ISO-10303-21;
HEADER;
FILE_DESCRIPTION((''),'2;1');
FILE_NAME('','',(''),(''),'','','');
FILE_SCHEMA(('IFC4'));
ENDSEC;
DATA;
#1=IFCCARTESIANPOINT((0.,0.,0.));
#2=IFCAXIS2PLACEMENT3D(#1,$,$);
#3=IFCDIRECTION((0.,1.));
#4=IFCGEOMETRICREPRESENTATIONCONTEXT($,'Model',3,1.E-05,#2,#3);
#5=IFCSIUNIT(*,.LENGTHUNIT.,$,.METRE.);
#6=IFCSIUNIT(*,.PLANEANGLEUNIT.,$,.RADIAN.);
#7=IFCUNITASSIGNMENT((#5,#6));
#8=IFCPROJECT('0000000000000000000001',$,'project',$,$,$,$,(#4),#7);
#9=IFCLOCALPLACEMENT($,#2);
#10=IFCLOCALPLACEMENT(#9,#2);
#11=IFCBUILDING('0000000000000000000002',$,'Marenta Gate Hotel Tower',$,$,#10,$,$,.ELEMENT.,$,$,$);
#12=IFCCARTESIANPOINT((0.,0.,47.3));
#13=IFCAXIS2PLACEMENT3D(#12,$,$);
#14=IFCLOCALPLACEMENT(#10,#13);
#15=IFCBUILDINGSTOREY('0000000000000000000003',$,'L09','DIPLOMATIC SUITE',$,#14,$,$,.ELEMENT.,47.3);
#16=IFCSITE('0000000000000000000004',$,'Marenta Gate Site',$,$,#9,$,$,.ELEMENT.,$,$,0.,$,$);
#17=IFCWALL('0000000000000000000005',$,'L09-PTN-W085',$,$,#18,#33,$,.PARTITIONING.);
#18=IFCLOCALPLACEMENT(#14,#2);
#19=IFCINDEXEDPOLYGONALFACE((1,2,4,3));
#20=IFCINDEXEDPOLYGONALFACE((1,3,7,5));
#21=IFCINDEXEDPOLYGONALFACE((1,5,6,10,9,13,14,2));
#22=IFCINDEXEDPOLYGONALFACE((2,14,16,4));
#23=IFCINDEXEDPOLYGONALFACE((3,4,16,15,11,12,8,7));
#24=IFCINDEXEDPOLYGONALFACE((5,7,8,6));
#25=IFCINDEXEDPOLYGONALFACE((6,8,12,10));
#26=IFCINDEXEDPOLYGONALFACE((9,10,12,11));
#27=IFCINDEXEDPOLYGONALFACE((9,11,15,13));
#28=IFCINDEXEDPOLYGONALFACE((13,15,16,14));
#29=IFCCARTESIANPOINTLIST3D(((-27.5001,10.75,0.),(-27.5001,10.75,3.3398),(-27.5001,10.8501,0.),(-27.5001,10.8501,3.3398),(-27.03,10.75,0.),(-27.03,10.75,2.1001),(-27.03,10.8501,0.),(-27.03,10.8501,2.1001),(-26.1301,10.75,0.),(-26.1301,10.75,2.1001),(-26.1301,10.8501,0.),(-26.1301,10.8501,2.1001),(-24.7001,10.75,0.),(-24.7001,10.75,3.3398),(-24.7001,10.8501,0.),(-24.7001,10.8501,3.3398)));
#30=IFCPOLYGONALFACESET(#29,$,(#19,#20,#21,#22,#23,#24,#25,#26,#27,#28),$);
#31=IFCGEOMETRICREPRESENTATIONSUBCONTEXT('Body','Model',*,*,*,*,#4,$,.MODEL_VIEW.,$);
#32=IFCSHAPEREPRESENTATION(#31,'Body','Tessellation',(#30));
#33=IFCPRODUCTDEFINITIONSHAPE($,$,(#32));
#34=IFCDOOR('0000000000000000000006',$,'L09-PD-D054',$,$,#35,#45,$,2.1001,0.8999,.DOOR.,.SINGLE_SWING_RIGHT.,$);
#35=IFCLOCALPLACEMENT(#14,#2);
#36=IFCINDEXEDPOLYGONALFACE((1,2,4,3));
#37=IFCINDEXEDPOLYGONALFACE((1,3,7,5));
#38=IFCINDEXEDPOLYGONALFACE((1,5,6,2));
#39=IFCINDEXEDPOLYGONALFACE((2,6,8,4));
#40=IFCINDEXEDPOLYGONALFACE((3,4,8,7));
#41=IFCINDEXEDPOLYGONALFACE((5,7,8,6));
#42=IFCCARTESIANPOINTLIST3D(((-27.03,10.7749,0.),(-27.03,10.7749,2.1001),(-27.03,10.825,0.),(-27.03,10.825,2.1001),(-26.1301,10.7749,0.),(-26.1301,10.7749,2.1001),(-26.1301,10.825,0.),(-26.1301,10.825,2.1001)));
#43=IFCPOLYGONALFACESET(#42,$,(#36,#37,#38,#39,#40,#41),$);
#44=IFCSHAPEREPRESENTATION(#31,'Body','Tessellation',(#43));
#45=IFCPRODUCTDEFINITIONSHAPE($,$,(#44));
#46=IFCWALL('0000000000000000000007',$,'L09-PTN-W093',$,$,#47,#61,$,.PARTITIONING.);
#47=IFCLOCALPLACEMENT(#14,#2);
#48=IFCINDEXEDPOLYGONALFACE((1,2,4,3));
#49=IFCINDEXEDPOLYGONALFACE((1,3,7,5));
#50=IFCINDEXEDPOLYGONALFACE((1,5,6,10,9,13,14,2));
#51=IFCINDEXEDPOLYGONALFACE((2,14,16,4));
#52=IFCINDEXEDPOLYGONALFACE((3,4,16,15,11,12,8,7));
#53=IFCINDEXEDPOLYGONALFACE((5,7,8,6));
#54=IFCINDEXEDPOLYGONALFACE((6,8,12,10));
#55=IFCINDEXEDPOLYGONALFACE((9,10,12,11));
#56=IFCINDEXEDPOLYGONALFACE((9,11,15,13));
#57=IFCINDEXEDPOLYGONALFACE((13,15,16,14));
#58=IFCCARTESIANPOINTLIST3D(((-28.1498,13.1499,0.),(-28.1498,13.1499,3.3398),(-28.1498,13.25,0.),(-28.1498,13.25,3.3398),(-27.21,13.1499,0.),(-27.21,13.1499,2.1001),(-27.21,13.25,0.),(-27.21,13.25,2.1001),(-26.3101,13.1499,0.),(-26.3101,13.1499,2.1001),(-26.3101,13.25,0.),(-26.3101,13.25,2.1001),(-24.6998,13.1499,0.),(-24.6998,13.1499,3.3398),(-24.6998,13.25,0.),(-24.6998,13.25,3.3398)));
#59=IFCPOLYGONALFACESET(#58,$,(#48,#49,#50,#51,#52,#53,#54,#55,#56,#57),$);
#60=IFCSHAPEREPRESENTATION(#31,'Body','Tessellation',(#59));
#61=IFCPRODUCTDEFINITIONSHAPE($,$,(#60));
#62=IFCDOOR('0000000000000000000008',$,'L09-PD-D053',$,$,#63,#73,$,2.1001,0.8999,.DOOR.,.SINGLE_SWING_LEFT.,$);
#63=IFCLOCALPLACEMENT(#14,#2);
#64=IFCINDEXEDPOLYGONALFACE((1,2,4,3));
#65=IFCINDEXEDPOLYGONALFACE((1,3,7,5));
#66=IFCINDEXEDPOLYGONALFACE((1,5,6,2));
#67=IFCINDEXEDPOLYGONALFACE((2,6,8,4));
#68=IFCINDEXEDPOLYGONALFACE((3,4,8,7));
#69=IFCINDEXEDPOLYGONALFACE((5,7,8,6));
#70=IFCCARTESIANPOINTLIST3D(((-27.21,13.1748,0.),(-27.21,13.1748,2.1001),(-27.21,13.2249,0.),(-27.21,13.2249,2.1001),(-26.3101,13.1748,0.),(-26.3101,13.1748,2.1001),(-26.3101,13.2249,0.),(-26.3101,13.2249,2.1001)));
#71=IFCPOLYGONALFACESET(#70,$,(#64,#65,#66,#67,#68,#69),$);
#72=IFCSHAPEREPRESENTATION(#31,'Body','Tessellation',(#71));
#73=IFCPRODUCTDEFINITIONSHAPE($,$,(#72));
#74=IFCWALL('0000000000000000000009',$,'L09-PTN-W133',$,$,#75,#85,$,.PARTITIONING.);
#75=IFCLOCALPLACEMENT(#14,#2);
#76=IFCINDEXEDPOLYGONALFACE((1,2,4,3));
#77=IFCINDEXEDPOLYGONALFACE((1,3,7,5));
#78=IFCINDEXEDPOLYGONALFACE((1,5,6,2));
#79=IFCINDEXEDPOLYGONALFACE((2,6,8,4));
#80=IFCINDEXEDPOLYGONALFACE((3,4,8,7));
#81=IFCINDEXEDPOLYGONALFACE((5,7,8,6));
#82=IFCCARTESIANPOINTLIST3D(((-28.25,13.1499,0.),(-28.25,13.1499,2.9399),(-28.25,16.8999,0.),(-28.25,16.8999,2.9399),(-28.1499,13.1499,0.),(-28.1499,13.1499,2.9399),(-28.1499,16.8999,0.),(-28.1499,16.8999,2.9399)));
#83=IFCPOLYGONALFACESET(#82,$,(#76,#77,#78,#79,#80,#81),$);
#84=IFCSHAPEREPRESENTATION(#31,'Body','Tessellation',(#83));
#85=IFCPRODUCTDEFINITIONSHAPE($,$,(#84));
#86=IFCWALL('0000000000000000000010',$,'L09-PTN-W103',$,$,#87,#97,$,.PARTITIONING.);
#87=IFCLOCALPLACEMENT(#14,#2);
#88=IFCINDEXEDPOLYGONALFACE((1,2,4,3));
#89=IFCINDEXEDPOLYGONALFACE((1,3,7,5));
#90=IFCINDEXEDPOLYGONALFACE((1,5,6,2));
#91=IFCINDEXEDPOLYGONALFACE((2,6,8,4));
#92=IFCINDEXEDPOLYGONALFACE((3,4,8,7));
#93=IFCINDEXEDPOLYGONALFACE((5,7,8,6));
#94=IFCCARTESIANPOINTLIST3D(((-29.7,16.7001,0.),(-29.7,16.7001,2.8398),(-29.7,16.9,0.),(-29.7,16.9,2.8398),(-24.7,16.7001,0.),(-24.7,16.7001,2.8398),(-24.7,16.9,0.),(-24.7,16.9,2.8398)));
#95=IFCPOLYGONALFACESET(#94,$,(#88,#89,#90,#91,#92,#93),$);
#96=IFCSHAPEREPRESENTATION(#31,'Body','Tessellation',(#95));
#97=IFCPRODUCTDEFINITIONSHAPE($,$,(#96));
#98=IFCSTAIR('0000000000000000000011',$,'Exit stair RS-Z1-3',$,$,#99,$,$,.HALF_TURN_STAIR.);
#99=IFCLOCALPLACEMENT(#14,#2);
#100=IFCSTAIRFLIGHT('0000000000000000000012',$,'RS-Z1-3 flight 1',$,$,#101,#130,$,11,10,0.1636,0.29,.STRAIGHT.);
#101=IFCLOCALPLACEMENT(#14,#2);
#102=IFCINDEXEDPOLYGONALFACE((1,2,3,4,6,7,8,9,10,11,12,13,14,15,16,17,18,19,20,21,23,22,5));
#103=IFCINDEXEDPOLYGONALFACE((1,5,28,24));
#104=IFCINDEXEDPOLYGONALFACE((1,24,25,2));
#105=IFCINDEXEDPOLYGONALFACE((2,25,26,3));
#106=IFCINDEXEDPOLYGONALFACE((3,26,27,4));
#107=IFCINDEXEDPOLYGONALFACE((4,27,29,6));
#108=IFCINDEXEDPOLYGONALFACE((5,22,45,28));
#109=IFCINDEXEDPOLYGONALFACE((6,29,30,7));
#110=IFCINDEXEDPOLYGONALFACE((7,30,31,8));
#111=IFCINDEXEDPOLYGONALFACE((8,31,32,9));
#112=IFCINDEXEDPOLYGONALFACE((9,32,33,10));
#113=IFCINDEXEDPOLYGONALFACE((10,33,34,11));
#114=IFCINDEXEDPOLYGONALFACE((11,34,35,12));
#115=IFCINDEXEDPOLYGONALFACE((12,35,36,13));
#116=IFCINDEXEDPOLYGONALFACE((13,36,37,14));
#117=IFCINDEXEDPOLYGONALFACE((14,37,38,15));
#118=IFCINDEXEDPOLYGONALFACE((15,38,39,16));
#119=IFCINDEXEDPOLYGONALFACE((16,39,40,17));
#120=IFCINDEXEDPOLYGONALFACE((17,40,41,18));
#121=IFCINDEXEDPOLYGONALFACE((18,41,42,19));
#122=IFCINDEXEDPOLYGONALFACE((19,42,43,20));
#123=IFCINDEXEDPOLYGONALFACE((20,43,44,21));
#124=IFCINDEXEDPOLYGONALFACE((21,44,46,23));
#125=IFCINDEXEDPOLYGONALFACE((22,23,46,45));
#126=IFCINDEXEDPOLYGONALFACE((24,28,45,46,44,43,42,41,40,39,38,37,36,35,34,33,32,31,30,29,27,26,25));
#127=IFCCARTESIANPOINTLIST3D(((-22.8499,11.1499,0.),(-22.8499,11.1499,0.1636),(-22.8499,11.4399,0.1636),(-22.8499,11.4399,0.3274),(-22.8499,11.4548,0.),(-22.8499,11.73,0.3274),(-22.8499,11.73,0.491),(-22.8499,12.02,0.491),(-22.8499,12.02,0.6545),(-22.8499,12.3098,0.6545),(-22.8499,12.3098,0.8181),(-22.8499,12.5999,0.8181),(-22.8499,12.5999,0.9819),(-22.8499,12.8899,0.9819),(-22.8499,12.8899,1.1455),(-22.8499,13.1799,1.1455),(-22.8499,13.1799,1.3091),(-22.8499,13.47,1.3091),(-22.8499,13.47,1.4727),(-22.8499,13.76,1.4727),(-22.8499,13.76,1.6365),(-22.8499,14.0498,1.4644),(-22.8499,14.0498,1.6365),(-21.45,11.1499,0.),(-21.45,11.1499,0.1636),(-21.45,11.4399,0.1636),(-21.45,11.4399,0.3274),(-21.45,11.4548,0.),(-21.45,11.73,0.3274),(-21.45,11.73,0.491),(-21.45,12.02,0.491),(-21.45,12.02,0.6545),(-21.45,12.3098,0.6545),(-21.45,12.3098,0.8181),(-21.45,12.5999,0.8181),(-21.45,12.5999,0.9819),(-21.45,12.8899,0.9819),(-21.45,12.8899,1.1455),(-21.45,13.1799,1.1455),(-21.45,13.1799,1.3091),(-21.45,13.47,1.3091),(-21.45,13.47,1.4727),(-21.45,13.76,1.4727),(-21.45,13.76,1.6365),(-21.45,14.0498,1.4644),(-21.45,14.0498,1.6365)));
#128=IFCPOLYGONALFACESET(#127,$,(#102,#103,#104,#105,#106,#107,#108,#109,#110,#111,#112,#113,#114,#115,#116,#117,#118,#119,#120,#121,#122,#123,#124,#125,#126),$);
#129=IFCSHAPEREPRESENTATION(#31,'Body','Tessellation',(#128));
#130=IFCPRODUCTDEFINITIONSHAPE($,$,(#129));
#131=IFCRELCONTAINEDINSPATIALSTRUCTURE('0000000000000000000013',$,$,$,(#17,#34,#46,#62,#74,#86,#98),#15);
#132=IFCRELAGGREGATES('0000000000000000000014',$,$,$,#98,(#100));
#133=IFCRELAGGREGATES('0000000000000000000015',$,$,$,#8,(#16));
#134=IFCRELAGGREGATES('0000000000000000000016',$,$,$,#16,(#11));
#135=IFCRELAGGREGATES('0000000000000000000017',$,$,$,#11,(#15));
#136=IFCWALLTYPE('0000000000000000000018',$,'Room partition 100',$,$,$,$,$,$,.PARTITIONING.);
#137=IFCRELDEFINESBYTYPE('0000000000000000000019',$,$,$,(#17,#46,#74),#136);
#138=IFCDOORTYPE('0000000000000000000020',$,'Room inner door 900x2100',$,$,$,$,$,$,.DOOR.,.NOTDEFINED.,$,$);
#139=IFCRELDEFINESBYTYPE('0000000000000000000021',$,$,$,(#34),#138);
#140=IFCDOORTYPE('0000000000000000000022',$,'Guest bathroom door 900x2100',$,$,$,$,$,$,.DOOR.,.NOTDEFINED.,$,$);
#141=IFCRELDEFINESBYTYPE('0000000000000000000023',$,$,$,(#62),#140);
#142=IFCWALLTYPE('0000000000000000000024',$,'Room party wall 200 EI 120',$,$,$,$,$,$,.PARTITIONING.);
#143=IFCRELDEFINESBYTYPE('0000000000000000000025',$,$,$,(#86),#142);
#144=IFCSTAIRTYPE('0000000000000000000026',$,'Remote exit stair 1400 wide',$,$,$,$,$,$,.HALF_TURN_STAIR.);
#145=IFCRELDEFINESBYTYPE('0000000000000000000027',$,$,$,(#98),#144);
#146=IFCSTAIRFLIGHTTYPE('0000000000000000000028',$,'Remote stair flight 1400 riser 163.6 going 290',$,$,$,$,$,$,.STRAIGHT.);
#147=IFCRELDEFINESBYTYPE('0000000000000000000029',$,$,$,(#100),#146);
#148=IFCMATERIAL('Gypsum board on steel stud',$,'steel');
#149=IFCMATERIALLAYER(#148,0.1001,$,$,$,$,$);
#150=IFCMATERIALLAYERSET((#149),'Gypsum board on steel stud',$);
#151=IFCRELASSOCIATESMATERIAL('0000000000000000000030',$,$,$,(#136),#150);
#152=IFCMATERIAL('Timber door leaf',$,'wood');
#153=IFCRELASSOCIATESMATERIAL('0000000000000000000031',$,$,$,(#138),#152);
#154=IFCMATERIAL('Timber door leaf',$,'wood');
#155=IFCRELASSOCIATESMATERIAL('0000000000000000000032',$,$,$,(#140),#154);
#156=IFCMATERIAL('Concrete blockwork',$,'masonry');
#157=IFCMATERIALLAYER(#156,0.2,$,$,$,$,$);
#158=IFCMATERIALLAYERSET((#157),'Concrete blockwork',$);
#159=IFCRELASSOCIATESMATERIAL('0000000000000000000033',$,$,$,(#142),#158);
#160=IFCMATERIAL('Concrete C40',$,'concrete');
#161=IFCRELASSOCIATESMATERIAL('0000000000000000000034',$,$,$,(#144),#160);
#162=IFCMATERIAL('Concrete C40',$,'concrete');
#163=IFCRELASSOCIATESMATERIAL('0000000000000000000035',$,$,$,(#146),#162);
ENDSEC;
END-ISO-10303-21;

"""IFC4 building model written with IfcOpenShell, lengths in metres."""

from ifc_helpers import new_model, si_unit, direction, frame, frame_2d, origin, place, context, subcontext, project, spatial, polyline, rectangle, outline, extrude, material, layer, layer_set, type_object, element, fill, aggregate, save


model = new_model("IFC4")

# Units and contexts
model_context = context("Model", 3, precision=1e-05, world=origin(), true_north=direction((0.0, 1.0)))
body_context = subcontext(model_context, "Body", "Model", "MODEL_VIEW")
ifc_project = project(units=[si_unit("LENGTHUNIT", "METRE"), si_unit("PLANEANGLEUNIT", "RADIAN")], contexts=[model_context])

# Site, building, storey
site_placement = place(None, origin())
site = spatial("IfcSite", under=ifc_project, at=site_placement, Name="Marenta Gate Site", CompositionType="ELEMENT", RefElevation=0.0)
building_placement = place(site_placement, origin())
building = spatial("IfcBuilding", under=site, at=building_placement, Name="Marenta Gate Hotel Tower", CompositionType="ELEMENT")
storey_placement = place(building_placement, frame((0.0, 0.0, 47.3)))
storey = spatial("IfcBuildingStorey", under=building, at=storey_placement, Name="L09", Description="DIPLOMATIC SUITE", CompositionType="ELEMENT", Elevation=47.3)

# Walls, openings, doors
ifc_material_1 = material(Name="Gypsum board on steel stud", Category="steel")
ifc_layer_1 = layer(ifc_material_1, 0.1001)
ifc_layer_set_1 = layer_set([ifc_layer_1], Name="Gypsum board on steel stud")
wall_type_1 = type_object("IfcWallType", Name="Room partition 100", PredefinedType="PARTITIONING", material=ifc_layer_set_1)
wall_1_placement = place(storey_placement, frame((-27.5, 10.8, 0.0), z_axis=(0.0, 0.0, 1.0), x_axis=(1.0, 0.0, 0.0)))
wall_1 = element("IfcWall", 1, at=wall_1_placement, inside=storey, type_object=wall_type_1, Name="L09-PTN-W085", PredefinedType="PARTITIONING", context=body_context, shape_type="SweptSolid", body=[
    extrude(rectangle(XDim=2.8, YDim=0.1001, at=frame_2d((1.3999, 0.0))), origin(), (0.0, 0.0, 1.0), 3.3398),
])
opening_1_placement = place(wall_1_placement, frame((0.47, 0.0, 0.0)))
opening_1 = element("IfcOpeningElement", 2, at=opening_1_placement, cuts=wall_1, PredefinedType="OPENING", context=body_context, shape_type="SweptSolid", body=[
    extrude(rectangle(XDim=0.8999, YDim=2.1001, at=frame_2d((0.45, 1.05))), frame((0.0, 0.05, 0.0), z_axis=(0.0, -1.0, 0.0), x_axis=(1.0, 0.0, 0.0)), (0.0, 0.0, 1.0), 0.1001),
])
ifc_material_2 = material(Name="Timber door leaf", Category="wood")
door_type_1 = type_object("IfcDoorType", Name="Room inner door 900x2100", OperationType="NOTDEFINED", PredefinedType="DOOR", material=ifc_material_2)
door_1_placement = place(opening_1_placement, origin())
door_1 = element("IfcDoor", 3, at=door_1_placement, inside=storey, type_object=door_type_1, Name="L09-PD-D054", OperationType="SINGLE_SWING_RIGHT", OverallHeight=2.1001, OverallWidth=0.8999, PredefinedType="DOOR", context=body_context, shape_type="SweptSolid", body=[
    extrude(rectangle(XDim=0.8999, YDim=2.1001, at=frame_2d((0.45, 1.05))), frame((0.0, 0.0249, 0.0), z_axis=(0.0, -1.0, 0.0), x_axis=(1.0, 0.0, 0.0)), (0.0, 0.0, 1.0), 0.05),
])
fill(opening_1, door_1)
wall_2_placement = place(storey_placement, frame((-28.1499, 13.2, 0.0), z_axis=(0.0, 0.0, 1.0), x_axis=(1.0, 0.0, 0.0)))
wall_2 = element("IfcWall", 4, at=wall_2_placement, inside=storey, type_object=wall_type_1, Name="L09-PTN-W093", PredefinedType="PARTITIONING", context=body_context, shape_type="SweptSolid", body=[
    extrude(rectangle(XDim=3.45, YDim=0.1001, at=frame_2d((1.7251, 0.0))), origin(), (0.0, 0.0, 1.0), 3.3398),
])
opening_2_placement = place(wall_2_placement, frame((0.9399, 0.0, 0.0)))
opening_2 = element("IfcOpeningElement", 5, at=opening_2_placement, cuts=wall_2, PredefinedType="OPENING", context=body_context, shape_type="SweptSolid", body=[
    extrude(rectangle(XDim=0.8999, YDim=2.1001, at=frame_2d((0.45, 1.05))), frame((0.0, 0.05, 0.0), z_axis=(0.0, -1.0, 0.0), x_axis=(1.0, 0.0, 0.0)), (0.0, 0.0, 1.0), 0.1001),
])
ifc_material_3 = material(Name="Timber door leaf", Category="wood")
door_type_2 = type_object("IfcDoorType", Name="Guest bathroom door 900x2100", OperationType="NOTDEFINED", PredefinedType="DOOR", material=ifc_material_3)
door_2_placement = place(opening_2_placement, origin())
door_2 = element("IfcDoor", 6, at=door_2_placement, inside=storey, type_object=door_type_2, Name="L09-PD-D053", OperationType="SINGLE_SWING_LEFT", OverallHeight=2.1001, OverallWidth=0.8999, PredefinedType="DOOR", context=body_context, shape_type="SweptSolid", body=[
    extrude(rectangle(XDim=0.8999, YDim=2.1001, at=frame_2d((0.45, 1.05))), frame((0.0, 0.0249, 0.0), z_axis=(0.0, -1.0, 0.0), x_axis=(1.0, 0.0, 0.0)), (0.0, 0.0, 1.0), 0.05),
])
fill(opening_2, door_2)

# Walls
wall_3_placement = place(storey_placement, frame((-28.2, 13.1499, 0.0), z_axis=(0.0, 0.0, 1.0), x_axis=(0.0, 1.0, 0.0)))
element("IfcWall", 7, at=wall_3_placement, inside=storey, type_object=wall_type_1, Name="L09-PTN-W133", PredefinedType="PARTITIONING", context=body_context, shape_type="SweptSolid", body=[
    extrude(rectangle(XDim=3.75, YDim=0.1001, at=frame_2d((1.875, 0.0))), origin(), (0.0, 0.0, 1.0), 2.9399),
])
ifc_material_4 = material(Name="Concrete blockwork", Category="masonry")
ifc_layer_2 = layer(ifc_material_4, 0.2)
ifc_layer_set_2 = layer_set([ifc_layer_2], Name="Concrete blockwork")
wall_type_2 = type_object("IfcWallType", Name="Room party wall 200 EI 120", PredefinedType="PARTITIONING", material=ifc_layer_set_2)
wall_4_placement = place(storey_placement, frame((-29.7, 16.8, 0.0), z_axis=(0.0, 0.0, 1.0), x_axis=(1.0, 0.0, 0.0)))
element("IfcWall", 8, at=wall_4_placement, inside=storey, type_object=wall_type_2, Name="L09-PTN-W103", PredefinedType="PARTITIONING", context=body_context, shape_type="SweptSolid", body=[
    extrude(rectangle(XDim=5.0, YDim=0.2, at=frame_2d((2.5, 0.0))), origin(), (0.0, 0.0, 1.0), 2.8398),
])

# Stair, stair flight
ifc_material_5 = material(Name="Concrete C40", Category="concrete")
stair_type = type_object("IfcStairType", Name="Remote exit stair 1400 wide", PredefinedType="HALF_TURN_STAIR", material=ifc_material_5)
stair_placement = place(storey_placement, origin())
stair = element("IfcStair", 9, at=stair_placement, inside=storey, type_object=stair_type, Name="Exit stair RS-Z1-3", PredefinedType="HALF_TURN_STAIR")
ifc_material_6 = material(Name="Concrete C40", Category="concrete")
stair_flight_type = type_object("IfcStairFlightType", Name="Remote stair flight 1400 riser 163.6 going 290", PredefinedType="STRAIGHT", material=ifc_material_6)
stair_flight_placement = place(storey_placement, frame((-22.1499, 11.1499, 0.0), z_axis=(0.0, 0.0, 1.0), x_axis=(0.0, 1.0, 0.0)))
stair_flight = element("IfcStairFlight", 10, at=stair_flight_placement, type_object=stair_flight_type, Name="RS-Z1-3 flight 1", NumberOfRisers=11, NumberOfTreads=10, PredefinedType="STRAIGHT", RiserHeight=0.1636, TreadLength=0.29, context=body_context, shape_type="SweptSolid", body=[
    extrude(outline(polyline([(0.0, 0.0), (0.0, 0.1636), (0.29, 0.1636), (0.29, 0.3274), (0.5801, 0.3274), (0.5801, 0.491), (0.8701, 0.491), (0.8701, 0.6545), (1.1599, 0.6545), (1.1599, 0.8181), (1.45, 0.8181), (1.45, 0.9819), (1.74, 0.9819), (1.74, 1.1455), (2.03, 1.1455), (2.03, 1.3091), (2.3201, 1.3091), (2.3201, 1.4727), (2.6101, 1.4727), (2.6101, 1.6365), (2.8999, 1.6365), (2.8999, 1.8), (2.8999, 1.4644), (0.3049, 0.0), (0.0, 0.0)])), frame((0.0, 0.7, 0.0), z_axis=(0.0, -1.0, 0.0), x_axis=(1.0, 0.0, 0.0)), (0.0, 0.0, 1.0), 1.3999),
])
aggregate(stair, [stair_flight])

save(model, "model.ifc")
